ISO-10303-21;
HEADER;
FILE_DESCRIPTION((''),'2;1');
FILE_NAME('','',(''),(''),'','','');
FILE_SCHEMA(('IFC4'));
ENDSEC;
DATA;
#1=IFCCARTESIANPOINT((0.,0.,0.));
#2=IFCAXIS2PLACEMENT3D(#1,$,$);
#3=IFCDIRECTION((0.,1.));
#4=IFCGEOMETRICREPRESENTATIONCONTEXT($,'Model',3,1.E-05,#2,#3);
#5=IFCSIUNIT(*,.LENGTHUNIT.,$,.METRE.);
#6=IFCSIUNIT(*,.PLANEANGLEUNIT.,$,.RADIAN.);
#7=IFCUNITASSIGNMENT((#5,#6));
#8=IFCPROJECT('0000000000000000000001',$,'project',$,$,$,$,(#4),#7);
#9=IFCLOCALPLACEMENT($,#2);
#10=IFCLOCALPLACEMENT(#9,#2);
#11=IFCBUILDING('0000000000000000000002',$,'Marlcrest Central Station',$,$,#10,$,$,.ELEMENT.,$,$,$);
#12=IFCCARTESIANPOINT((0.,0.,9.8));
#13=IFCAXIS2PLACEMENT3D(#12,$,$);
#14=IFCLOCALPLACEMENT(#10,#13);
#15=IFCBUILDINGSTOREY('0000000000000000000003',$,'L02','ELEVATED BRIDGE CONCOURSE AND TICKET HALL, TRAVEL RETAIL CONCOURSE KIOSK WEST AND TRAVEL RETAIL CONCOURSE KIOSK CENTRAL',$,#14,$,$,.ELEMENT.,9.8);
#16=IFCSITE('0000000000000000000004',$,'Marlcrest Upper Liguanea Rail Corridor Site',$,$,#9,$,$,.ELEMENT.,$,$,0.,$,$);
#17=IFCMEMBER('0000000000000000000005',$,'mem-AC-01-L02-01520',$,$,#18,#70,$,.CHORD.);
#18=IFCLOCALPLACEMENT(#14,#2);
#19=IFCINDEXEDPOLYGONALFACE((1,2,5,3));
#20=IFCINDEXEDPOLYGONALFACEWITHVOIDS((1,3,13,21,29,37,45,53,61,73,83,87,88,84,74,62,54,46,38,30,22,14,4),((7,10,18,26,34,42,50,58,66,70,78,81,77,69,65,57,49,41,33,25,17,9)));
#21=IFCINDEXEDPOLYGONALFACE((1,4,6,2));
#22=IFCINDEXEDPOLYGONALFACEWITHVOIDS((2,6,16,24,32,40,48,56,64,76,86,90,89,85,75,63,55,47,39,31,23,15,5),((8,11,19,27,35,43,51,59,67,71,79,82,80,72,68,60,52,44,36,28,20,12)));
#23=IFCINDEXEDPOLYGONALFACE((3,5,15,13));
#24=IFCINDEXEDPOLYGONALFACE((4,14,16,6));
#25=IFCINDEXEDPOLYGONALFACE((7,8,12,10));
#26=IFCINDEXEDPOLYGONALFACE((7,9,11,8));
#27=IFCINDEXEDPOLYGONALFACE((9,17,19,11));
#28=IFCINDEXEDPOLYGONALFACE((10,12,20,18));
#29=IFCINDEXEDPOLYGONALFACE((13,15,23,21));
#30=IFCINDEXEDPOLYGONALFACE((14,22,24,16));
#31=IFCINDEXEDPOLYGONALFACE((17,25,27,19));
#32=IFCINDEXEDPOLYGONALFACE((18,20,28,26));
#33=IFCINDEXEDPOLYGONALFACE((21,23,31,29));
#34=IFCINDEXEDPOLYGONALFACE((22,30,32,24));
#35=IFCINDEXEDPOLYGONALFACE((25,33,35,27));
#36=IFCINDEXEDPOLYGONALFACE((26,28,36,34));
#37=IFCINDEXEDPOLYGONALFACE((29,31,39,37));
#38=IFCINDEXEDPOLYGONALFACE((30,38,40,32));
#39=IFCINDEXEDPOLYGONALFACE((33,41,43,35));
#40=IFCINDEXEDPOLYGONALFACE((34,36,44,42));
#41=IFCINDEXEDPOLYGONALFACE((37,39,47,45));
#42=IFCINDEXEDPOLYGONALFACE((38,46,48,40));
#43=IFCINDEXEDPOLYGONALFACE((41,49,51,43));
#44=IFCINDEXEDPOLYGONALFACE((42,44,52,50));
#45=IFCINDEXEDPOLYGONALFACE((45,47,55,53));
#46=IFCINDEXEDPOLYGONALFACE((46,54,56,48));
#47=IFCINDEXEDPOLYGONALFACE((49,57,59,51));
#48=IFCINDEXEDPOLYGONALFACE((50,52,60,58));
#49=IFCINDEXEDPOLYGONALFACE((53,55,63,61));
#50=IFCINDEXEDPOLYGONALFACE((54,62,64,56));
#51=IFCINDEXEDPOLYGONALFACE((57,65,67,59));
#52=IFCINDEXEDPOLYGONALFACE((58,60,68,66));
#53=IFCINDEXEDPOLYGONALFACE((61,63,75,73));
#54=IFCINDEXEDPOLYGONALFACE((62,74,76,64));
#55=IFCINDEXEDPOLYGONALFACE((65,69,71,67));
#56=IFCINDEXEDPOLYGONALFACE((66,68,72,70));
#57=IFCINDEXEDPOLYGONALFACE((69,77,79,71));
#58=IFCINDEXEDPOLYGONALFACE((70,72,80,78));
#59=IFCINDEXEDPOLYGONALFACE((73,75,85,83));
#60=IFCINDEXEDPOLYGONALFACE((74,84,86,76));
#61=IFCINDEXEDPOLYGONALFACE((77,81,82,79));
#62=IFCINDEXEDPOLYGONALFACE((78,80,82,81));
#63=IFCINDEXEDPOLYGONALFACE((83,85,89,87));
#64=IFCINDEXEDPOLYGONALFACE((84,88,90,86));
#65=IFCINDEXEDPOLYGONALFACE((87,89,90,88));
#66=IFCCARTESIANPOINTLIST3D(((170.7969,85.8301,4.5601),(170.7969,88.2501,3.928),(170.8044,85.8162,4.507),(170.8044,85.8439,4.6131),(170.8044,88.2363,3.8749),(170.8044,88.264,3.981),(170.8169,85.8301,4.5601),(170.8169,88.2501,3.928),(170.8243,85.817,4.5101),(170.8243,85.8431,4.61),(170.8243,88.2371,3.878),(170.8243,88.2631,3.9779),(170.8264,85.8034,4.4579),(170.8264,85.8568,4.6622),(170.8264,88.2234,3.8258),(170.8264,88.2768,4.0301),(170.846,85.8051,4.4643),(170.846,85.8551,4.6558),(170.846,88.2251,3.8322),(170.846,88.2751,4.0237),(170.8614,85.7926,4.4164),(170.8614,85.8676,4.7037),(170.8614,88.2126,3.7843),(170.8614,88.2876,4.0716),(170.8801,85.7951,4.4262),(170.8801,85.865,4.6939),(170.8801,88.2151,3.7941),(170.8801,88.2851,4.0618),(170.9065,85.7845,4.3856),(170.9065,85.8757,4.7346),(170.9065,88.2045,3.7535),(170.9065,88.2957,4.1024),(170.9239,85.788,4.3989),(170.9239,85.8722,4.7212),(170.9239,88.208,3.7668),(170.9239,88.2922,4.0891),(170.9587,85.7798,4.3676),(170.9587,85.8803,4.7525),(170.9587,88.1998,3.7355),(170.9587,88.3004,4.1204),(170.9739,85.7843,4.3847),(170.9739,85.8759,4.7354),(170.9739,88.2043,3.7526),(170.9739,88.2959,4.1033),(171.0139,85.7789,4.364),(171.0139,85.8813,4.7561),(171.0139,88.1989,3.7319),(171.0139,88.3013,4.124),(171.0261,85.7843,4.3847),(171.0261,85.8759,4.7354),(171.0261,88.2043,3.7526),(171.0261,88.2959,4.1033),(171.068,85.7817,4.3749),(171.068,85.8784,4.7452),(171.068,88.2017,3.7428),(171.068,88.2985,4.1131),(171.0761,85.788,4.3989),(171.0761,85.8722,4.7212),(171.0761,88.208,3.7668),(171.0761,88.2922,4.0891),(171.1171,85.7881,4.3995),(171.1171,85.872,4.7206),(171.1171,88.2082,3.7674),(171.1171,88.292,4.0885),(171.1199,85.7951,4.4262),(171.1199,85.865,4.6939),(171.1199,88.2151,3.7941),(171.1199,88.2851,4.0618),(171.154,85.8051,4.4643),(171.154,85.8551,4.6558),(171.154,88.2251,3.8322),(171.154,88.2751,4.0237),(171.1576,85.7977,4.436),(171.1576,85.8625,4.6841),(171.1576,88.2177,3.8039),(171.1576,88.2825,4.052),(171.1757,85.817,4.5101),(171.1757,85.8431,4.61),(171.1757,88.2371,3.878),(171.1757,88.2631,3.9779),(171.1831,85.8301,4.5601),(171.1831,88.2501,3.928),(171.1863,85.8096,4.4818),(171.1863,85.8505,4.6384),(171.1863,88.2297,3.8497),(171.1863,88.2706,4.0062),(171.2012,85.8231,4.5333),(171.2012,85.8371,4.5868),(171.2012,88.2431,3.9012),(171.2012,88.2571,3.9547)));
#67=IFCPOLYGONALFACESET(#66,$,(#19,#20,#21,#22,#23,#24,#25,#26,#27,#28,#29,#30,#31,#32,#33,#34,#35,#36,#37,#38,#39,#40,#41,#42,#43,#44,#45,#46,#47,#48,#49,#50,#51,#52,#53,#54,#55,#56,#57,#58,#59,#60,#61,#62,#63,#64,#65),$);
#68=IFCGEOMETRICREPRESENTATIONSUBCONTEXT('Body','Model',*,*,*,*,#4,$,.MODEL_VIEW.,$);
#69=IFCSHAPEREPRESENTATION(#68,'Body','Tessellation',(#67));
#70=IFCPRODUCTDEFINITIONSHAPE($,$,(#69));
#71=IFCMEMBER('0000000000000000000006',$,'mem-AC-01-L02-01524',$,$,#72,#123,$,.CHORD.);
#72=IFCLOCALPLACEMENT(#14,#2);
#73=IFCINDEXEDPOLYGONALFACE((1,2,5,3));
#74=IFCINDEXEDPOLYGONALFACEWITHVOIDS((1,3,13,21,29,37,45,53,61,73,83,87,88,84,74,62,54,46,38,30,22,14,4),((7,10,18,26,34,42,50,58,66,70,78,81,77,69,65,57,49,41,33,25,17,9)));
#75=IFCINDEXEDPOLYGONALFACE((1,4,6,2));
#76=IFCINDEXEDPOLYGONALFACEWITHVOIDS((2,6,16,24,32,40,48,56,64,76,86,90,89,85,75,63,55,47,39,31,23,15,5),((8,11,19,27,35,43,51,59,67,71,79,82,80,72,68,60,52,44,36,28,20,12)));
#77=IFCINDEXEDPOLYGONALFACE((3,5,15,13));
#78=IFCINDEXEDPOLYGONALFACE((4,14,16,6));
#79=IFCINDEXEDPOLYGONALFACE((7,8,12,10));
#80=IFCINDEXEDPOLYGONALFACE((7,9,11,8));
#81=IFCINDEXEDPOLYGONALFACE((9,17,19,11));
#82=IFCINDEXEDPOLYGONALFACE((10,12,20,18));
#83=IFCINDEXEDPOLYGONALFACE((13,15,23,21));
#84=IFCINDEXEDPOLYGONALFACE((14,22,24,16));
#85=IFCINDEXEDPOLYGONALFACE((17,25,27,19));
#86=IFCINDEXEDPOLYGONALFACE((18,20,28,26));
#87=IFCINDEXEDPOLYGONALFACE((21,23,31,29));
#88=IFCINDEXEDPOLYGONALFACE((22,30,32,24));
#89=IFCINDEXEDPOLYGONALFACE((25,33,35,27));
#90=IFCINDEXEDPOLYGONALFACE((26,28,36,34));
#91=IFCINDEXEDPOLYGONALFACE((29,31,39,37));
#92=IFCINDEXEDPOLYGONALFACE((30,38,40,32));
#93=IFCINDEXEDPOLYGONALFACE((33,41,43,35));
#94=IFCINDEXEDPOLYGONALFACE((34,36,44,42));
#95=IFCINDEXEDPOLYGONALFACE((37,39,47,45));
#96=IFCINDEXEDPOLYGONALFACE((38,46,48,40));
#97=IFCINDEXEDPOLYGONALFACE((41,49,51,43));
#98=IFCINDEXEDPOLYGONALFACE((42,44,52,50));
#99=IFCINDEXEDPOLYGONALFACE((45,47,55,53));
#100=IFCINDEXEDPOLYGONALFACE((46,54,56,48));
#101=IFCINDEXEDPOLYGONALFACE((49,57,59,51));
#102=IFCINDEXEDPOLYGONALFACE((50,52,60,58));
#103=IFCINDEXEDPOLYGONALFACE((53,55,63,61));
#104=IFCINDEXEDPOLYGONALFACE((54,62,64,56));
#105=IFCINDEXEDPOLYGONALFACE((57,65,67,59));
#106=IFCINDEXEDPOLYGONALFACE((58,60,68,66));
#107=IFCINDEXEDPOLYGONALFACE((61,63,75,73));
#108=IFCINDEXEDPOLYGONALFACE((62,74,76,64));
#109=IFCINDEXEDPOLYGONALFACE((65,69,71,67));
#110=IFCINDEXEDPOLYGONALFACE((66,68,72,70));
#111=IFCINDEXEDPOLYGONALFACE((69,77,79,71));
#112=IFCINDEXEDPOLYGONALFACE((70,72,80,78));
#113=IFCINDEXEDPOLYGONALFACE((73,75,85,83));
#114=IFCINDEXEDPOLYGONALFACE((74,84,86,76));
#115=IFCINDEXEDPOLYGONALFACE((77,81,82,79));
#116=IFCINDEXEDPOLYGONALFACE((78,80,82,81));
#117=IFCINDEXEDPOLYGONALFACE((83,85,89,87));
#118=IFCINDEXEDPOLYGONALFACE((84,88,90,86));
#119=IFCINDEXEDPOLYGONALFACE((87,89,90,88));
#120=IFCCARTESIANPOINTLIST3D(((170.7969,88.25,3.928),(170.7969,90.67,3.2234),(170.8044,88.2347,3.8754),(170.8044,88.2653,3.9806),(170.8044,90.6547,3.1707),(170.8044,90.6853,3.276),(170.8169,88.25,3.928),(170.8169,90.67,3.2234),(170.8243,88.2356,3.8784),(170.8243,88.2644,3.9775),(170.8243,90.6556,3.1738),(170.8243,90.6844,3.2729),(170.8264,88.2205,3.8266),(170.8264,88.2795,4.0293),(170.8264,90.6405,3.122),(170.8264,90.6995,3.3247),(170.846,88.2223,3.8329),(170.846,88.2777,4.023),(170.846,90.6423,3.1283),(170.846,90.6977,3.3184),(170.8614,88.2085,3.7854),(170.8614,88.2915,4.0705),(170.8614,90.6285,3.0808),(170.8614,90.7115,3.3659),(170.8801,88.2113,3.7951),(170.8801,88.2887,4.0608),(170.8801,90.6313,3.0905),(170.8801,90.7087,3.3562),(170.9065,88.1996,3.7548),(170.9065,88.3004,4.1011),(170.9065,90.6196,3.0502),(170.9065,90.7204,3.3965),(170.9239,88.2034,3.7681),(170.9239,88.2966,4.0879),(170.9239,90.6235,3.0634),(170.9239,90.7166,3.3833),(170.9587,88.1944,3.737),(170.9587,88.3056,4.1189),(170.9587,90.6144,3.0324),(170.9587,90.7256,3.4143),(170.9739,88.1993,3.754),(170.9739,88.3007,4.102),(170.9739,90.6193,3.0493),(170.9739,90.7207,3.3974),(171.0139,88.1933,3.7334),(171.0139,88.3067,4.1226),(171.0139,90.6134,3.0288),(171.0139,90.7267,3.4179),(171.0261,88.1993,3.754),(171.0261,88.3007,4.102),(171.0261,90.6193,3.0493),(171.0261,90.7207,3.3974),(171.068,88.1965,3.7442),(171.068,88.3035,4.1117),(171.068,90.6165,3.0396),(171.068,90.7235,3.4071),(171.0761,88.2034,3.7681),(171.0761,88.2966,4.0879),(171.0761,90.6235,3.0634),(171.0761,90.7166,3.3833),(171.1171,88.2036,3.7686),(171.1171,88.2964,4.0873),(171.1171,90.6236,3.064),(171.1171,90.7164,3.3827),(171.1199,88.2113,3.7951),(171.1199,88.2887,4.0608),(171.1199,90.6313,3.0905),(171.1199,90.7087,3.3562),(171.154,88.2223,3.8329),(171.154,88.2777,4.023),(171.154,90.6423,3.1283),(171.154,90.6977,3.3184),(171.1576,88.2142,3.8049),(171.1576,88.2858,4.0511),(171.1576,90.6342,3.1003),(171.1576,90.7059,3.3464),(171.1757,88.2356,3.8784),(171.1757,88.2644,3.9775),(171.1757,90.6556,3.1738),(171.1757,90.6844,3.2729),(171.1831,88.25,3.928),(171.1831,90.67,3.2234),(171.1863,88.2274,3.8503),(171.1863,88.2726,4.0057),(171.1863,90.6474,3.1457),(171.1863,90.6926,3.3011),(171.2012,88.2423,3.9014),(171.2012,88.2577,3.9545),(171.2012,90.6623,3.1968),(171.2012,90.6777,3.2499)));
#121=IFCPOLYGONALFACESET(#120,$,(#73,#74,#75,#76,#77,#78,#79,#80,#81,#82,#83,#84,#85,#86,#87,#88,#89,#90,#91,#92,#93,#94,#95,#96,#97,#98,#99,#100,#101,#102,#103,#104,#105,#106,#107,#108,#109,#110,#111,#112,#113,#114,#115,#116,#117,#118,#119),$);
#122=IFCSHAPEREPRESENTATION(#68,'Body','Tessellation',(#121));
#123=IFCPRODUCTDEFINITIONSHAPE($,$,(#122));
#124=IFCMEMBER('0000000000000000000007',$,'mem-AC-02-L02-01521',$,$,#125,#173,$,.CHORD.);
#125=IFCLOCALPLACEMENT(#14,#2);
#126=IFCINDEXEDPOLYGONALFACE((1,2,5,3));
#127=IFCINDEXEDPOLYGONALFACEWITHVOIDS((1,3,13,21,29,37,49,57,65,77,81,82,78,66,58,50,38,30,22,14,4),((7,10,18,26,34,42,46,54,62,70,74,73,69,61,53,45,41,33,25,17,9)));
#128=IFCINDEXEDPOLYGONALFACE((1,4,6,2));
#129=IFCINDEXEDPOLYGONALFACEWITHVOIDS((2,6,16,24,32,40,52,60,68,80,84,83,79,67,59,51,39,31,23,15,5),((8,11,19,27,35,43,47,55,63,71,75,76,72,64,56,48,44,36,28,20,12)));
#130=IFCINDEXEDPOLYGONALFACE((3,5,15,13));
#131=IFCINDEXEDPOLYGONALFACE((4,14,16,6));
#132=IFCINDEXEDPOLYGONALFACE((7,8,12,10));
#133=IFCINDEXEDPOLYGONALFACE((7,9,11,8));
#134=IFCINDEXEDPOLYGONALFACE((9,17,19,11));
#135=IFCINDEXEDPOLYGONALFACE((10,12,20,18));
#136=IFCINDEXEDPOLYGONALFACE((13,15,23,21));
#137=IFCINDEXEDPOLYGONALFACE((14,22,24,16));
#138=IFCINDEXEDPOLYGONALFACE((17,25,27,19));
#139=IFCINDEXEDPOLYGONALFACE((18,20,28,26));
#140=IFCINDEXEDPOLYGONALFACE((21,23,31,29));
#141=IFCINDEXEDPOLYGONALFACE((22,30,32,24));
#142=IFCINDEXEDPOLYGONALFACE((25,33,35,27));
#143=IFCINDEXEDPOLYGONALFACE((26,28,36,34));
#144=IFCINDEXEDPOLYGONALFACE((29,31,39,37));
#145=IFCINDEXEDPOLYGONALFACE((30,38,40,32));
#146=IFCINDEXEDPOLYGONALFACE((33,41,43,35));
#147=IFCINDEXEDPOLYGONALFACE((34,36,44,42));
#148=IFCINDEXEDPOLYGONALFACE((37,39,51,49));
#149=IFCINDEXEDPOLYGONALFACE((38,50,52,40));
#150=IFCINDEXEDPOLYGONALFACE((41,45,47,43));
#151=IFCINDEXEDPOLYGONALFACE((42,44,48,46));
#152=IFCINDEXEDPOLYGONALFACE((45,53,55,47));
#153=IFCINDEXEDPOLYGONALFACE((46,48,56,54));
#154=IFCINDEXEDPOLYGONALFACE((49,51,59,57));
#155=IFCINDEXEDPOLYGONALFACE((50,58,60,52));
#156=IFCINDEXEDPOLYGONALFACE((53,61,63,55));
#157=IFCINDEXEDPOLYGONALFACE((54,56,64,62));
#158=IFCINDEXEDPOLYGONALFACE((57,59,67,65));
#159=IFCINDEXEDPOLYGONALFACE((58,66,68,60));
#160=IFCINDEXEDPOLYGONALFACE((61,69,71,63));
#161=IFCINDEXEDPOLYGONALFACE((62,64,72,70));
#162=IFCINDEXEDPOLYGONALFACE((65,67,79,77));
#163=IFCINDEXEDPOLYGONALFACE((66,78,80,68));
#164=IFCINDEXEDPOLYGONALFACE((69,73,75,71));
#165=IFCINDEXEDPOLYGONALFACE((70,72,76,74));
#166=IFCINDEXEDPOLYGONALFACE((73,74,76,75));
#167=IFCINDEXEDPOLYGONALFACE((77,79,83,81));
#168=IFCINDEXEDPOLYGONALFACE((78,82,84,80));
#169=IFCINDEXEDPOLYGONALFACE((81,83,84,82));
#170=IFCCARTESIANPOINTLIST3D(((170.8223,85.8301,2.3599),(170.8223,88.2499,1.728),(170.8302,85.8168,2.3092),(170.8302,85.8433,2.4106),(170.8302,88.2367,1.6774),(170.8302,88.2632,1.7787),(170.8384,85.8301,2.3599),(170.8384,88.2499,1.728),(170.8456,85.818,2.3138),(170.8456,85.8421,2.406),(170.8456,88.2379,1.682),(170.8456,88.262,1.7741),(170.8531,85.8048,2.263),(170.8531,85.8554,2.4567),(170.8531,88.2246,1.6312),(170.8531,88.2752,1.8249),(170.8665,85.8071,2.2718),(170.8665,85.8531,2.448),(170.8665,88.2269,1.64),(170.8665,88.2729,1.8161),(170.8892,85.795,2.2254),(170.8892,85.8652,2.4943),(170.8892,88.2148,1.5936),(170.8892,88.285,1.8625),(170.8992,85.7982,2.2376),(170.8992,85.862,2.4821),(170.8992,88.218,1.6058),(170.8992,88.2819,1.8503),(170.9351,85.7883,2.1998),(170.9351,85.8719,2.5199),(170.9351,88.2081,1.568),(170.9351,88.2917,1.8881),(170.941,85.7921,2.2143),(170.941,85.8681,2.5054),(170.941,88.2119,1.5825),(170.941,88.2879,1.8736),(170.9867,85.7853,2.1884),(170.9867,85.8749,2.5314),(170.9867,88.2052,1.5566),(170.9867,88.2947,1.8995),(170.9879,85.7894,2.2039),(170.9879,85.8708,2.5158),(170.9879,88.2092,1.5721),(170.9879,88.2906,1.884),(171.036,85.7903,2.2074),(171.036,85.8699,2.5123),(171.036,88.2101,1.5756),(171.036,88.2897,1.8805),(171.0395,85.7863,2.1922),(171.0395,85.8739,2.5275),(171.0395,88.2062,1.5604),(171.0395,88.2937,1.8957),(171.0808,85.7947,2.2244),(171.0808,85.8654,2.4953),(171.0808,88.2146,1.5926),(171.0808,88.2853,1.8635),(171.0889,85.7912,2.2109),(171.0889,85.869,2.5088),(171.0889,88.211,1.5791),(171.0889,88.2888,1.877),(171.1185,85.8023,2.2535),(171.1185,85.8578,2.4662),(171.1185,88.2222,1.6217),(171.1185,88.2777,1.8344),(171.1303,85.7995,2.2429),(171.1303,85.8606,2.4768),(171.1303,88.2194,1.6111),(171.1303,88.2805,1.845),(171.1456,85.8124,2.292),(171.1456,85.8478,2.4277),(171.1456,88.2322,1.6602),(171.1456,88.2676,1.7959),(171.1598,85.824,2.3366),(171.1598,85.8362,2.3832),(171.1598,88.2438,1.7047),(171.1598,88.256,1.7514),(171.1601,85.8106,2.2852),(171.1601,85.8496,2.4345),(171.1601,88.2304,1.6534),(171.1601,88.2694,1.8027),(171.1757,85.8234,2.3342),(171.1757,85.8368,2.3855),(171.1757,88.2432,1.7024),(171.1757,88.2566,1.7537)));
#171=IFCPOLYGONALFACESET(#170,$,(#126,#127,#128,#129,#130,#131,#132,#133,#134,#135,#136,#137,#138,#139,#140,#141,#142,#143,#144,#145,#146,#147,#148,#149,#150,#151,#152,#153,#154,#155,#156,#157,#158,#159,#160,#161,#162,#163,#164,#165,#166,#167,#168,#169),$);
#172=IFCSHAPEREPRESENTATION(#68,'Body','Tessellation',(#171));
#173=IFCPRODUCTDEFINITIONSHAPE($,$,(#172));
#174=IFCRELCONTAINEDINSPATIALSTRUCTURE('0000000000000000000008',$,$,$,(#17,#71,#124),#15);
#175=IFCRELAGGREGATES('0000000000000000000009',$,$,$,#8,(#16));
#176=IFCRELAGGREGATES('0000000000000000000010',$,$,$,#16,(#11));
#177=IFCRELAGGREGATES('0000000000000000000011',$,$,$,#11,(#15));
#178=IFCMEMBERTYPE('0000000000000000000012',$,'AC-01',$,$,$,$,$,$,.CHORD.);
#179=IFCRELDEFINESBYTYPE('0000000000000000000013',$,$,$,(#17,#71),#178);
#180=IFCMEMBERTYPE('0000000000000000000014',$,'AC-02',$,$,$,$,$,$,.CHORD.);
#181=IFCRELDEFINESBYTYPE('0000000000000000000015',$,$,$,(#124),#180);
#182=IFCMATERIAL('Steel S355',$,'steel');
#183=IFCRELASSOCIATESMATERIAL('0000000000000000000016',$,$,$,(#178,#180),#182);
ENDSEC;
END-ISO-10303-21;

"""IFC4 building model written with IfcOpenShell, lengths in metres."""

from ifc_helpers import new_model, si_unit, direction, frame, origin, origin_2d, place, context, subcontext, project, spatial, hollow_circle, extrude, material, material_profile, profile_set, type_object, element, save


model = new_model("IFC4")

# Units and contexts
model_context = context("Model", 3, precision=1e-05, world=origin(), true_north=direction((0.0, 1.0)))
body_context = subcontext(model_context, "Body", "Model", "MODEL_VIEW")
ifc_project = project(units=[si_unit("LENGTHUNIT", "METRE"), si_unit("PLANEANGLEUNIT", "RADIAN")], contexts=[model_context])

# Site, building, storey
site_placement = place(None, origin())
site = spatial("IfcSite", under=ifc_project, at=site_placement, Name="Marlcrest Upper Liguanea Rail Corridor Site", CompositionType="ELEMENT", RefElevation=0.0)
building_placement = place(site_placement, origin())
building = spatial("IfcBuilding", under=site, at=building_placement, Name="Marlcrest Central Station", CompositionType="ELEMENT")
storey_placement = place(building_placement, frame((0.0, 0.0, 9.8)))
storey = spatial("IfcBuildingStorey", under=building, at=storey_placement, Name="L02", Description="ELEVATED BRIDGE CONCOURSE AND TICKET HALL, TRAVEL RETAIL CONCOURSE KIOSK WEST AND TRAVEL RETAIL CONCOURSE KIOSK CENTRAL", CompositionType="ELEMENT", Elevation=9.8)

# Members
ifc_material_1 = material(Name="Steel S355", Category="steel")
ifc_material_profile_1 = material_profile(ifc_material_1, hollow_circle(Radius=0.2031, WallThickness=0.02, at=origin_2d()), Name="CHS 406.4x20")
ifc_profile_set_1 = profile_set([ifc_material_profile_1], Name="Steel S355")
member_type_1 = type_object("IfcMemberType", Name="AC-01", PredefinedType="CHORD", material=ifc_profile_set_1)
member_1_placement = place(storey_placement, frame((171.0, 85.8301, 4.5601), z_axis=(0.0, 0.967539, -0.25272), x_axis=(-1.0, 0.0, 0.0)))
element("IfcMember", 1, at=member_1_placement, inside=storey, type_object=member_type_1, Name="mem-AC-01-L02-01520", PredefinedType="CHORD", context=body_context, shape_type="SweptSolid", body=[
    extrude(hollow_circle(Radius=0.2031, WallThickness=0.02, at=origin_2d()), origin(), (0.0, 0.0, 1.0), 2.5012),
])
member_2_placement = place(storey_placement, frame((171.0, 88.25, 3.928), z_axis=(0.0, 0.96013, -0.279554), x_axis=(-1.0, 0.0, 0.0)))
element("IfcMember", 2, at=member_2_placement, inside=storey, type_object=member_type_1, Name="mem-AC-01-L02-01524", PredefinedType="CHORD", context=body_context, shape_type="SweptSolid", body=[
    extrude(hollow_circle(Radius=0.2031, WallThickness=0.02, at=origin_2d()), origin(), (0.0, 0.0, 1.0), 2.5205),
])
ifc_material_profile_2 = material_profile(ifc_material_1, hollow_circle(Radius=0.1777, WallThickness=0.0161, at=origin_2d()), Name="CHS 355.6x16")
ifc_profile_set_2 = profile_set([ifc_material_profile_2], Name="Steel S355")
member_type_2 = type_object("IfcMemberType", Name="AC-02", PredefinedType="CHORD", material=ifc_profile_set_2)
member_3_placement = place(storey_placement, frame((171.0, 85.8301, 2.3599), z_axis=(0.0, 0.967563, -0.252629), x_axis=(-1.0, 0.0, 0.0)))
element("IfcMember", 3, at=member_3_placement, inside=storey, type_object=member_type_2, Name="mem-AC-02-L02-01521", PredefinedType="CHORD", context=body_context, shape_type="SweptSolid", body=[
    extrude(hollow_circle(Radius=0.1777, WallThickness=0.0161, at=origin_2d()), origin(), (0.0, 0.0, 1.0), 2.501),
])

save(model, "model.ifc")
